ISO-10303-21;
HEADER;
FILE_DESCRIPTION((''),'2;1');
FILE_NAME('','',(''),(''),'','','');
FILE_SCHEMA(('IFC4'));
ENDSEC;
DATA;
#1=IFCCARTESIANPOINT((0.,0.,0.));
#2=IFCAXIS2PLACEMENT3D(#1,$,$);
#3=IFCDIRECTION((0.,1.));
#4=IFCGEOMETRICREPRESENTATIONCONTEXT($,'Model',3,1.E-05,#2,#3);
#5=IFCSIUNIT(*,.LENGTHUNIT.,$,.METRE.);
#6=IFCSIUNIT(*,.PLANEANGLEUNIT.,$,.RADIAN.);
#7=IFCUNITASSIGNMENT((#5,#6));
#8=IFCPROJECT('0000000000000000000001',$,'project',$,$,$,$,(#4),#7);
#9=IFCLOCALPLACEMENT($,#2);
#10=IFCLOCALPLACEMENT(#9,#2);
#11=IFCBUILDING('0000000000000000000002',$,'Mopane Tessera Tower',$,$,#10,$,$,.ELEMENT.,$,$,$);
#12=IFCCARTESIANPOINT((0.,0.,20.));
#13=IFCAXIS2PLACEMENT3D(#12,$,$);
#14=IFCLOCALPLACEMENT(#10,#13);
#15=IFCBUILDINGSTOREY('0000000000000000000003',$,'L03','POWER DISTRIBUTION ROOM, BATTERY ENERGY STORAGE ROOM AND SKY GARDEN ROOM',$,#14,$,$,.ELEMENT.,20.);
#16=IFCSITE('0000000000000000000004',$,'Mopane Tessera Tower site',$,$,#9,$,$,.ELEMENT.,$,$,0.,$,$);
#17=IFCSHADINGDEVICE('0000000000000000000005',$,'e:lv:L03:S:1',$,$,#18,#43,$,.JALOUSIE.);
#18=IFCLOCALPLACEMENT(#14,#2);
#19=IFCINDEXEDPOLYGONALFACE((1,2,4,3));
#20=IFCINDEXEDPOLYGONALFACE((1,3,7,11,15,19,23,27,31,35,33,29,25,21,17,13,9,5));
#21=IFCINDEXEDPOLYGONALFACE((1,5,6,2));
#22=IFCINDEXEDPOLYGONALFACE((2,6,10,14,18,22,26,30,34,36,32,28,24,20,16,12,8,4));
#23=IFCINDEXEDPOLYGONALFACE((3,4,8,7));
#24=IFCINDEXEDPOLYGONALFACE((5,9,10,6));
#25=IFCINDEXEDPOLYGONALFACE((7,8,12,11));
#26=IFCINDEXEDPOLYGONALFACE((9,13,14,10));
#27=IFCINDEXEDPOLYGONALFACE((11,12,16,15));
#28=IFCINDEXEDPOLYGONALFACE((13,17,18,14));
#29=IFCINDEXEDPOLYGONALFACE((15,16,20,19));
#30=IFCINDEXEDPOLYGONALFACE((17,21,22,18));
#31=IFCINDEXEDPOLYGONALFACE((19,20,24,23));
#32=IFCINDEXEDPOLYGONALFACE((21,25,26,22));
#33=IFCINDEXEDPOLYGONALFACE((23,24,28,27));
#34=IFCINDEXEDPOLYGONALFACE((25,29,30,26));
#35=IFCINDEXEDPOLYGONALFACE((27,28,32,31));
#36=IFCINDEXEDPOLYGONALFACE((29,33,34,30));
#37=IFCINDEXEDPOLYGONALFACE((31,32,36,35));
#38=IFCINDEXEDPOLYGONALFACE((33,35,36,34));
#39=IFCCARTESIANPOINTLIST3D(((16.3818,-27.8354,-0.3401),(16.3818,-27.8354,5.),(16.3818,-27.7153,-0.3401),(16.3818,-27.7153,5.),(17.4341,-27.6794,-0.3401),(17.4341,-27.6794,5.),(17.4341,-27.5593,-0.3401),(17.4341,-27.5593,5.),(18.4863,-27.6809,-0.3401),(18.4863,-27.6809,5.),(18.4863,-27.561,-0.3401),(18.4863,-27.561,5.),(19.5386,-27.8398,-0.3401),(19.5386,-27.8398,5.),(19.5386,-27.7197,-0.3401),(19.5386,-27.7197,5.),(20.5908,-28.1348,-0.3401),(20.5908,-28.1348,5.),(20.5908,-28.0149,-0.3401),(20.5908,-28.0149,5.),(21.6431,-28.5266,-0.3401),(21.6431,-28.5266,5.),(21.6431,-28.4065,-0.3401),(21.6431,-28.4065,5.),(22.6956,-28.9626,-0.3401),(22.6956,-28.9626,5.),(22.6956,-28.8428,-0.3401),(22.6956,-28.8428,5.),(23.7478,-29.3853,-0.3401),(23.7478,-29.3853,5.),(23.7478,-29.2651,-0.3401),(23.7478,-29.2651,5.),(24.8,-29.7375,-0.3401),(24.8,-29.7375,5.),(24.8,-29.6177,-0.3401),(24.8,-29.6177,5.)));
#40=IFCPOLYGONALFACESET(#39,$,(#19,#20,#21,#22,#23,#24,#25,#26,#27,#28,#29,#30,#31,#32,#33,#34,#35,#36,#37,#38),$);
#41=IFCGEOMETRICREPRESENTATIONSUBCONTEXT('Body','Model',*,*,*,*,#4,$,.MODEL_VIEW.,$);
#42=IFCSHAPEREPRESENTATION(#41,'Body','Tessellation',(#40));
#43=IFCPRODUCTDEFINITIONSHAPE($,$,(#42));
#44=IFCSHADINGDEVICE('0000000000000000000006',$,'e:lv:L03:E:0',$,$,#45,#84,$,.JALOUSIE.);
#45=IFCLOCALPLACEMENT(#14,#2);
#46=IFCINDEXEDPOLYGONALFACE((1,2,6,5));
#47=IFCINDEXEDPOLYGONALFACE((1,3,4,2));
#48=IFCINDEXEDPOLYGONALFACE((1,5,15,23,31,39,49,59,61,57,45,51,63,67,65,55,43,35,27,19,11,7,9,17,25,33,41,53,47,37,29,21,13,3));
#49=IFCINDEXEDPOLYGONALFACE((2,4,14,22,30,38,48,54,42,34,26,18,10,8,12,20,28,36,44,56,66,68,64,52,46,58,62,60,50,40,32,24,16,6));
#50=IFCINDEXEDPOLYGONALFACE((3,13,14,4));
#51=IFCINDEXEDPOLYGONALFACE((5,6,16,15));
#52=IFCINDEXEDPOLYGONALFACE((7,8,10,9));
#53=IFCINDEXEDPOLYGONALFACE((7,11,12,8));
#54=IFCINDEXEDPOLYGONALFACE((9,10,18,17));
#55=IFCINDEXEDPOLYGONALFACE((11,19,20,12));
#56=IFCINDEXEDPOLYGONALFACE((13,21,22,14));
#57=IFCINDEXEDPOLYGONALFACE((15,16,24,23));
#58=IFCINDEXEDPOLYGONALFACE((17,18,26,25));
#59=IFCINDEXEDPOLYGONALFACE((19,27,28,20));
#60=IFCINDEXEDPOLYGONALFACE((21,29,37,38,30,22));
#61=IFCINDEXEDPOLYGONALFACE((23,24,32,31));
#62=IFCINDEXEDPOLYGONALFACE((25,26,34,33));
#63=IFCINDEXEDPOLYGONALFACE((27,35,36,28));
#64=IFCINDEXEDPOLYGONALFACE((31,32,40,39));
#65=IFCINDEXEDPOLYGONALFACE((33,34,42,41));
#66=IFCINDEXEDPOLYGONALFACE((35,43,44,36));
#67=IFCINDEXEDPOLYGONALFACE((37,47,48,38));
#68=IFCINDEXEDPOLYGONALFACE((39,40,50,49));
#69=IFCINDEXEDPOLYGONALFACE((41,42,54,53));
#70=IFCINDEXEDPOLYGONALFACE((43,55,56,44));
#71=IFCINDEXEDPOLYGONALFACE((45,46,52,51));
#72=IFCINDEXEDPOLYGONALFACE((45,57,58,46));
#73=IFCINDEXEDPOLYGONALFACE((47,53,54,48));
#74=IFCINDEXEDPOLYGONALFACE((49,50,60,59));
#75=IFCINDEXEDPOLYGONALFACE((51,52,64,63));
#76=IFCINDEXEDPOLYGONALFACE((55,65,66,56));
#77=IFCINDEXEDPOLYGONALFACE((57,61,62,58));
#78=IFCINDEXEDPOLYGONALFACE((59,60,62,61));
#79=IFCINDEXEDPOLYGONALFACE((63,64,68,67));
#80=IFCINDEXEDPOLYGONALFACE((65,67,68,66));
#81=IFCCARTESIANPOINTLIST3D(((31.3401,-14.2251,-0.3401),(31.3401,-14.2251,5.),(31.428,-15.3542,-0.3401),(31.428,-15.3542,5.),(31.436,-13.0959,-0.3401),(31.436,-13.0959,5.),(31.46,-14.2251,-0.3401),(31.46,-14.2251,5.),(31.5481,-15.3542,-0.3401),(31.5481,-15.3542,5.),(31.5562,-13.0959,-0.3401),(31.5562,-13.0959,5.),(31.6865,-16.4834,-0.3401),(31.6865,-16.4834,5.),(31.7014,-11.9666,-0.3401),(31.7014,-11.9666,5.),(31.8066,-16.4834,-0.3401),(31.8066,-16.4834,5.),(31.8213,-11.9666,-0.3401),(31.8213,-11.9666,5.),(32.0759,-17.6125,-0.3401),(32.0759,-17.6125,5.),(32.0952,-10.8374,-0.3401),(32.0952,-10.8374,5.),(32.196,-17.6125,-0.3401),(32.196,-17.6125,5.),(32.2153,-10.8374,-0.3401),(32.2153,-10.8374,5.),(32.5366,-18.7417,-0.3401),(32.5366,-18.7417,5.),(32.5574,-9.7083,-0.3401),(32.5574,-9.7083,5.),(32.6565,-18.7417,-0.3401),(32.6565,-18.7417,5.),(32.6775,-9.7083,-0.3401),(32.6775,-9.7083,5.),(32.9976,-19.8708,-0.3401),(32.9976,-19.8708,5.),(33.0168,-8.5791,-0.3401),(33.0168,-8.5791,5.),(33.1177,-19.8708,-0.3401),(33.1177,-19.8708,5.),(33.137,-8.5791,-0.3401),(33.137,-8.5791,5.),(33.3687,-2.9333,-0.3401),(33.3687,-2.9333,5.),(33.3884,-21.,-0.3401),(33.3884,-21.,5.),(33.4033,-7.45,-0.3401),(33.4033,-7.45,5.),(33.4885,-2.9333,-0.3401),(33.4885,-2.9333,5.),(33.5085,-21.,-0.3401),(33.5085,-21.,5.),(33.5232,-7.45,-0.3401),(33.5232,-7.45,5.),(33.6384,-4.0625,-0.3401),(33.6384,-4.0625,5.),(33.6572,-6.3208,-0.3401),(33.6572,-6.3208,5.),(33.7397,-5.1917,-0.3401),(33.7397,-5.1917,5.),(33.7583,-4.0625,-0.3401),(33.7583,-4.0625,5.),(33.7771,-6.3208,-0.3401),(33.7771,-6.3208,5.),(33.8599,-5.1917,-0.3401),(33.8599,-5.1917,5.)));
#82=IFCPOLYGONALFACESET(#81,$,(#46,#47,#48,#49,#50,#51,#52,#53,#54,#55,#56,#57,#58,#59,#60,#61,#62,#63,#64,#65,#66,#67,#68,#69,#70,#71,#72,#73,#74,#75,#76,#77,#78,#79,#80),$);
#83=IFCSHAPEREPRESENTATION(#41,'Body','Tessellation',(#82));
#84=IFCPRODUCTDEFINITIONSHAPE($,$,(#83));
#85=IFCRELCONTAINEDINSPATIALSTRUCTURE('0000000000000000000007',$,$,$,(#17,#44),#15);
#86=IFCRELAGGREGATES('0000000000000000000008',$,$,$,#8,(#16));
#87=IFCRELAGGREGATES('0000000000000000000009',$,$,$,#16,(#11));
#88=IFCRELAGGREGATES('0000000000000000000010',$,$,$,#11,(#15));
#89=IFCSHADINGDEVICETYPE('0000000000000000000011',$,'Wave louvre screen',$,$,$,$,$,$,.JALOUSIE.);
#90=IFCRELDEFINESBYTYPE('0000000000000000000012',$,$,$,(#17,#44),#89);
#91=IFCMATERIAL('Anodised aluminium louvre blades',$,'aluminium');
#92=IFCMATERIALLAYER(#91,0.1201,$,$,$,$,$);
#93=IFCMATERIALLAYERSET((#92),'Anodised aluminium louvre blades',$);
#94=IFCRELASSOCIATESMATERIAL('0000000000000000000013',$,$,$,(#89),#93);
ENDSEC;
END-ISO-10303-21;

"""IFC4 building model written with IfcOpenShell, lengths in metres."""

from ifc_helpers import new_model, si_unit, direction, frame, origin, place, context, subcontext, project, spatial, polyline, outline, extrude, material, layer, layer_set, type_object, element, save


model = new_model("IFC4")

# Units and contexts
model_context = context("Model", 3, precision=1e-05, world=origin(), true_north=direction((0.0, 1.0)))
body_context = subcontext(model_context, "Body", "Model", "MODEL_VIEW")
ifc_project = project(units=[si_unit("LENGTHUNIT", "METRE"), si_unit("PLANEANGLEUNIT", "RADIAN")], contexts=[model_context])

# Site, building, storey
site_placement = place(None, origin())
site = spatial("IfcSite", under=ifc_project, at=site_placement, Name="Mopane Tessera Tower site", CompositionType="ELEMENT", RefElevation=0.0)
building_placement = place(site_placement, origin())
building = spatial("IfcBuilding", under=site, at=building_placement, Name="Mopane Tessera Tower", CompositionType="ELEMENT")
storey_placement = place(building_placement, frame((0.0, 0.0, 20.0)))
storey = spatial("IfcBuildingStorey", under=building, at=storey_placement, Name="L03", Description="POWER DISTRIBUTION ROOM, BATTERY ENERGY STORAGE ROOM AND SKY GARDEN ROOM", CompositionType="ELEMENT", Elevation=20.0)

# Shading devices
ifc_material_1 = material(Name="Anodised aluminium louvre blades", Category="aluminium")
ifc_layer_1 = layer(ifc_material_1, 0.1201)
ifc_layer_set_1 = layer_set([ifc_layer_1], Name="Anodised aluminium louvre blades")
shading_device_type = type_object("IfcShadingDeviceType", Name="Wave louvre screen", PredefinedType="JALOUSIE", material=ifc_layer_set_1)
shading_device_1_placement = place(storey_placement, frame((0.0, 0.0, -0.3401)))
element("IfcShadingDevice", 1, at=shading_device_1_placement, inside=storey, type_object=shading_device_type, Name="e:lv:L03:S:1", PredefinedType="JALOUSIE", context=body_context, shape_type="SweptSolid", body=[
    extrude(outline(polyline([(16.3818, -27.7153), (17.4341, -27.5593), (18.4863, -27.561), (19.5386, -27.7197), (20.5908, -28.0149), (21.6431, -28.4065), (22.6956, -28.8428), (23.7478, -29.2651), (24.8, -29.6177), (24.8, -29.7375), (23.7478, -29.3853), (22.6956, -28.9626), (21.6431, -28.5266), (20.5908, -28.1348), (19.5386, -27.8398), (18.4863, -27.6809), (17.4341, -27.6794), (16.3818, -27.8354), (16.3818, -27.7153)])), origin(), (0.0, 0.0, 1.0), 5.3401),
])
shading_device_2_placement = place(storey_placement, frame((0.0, 0.0, -0.3401)))
element("IfcShadingDevice", 2, at=shading_device_2_placement, inside=storey, type_object=shading_device_type, Name="e:lv:L03:E:0", PredefinedType="JALOUSIE", context=body_context, shape_type="SweptSolid", body=[
    extrude(outline(polyline([(33.3884, -21.0), (32.9976, -19.8708), (32.5366, -18.7417), (32.0759, -17.6125), (31.6865, -16.4834), (31.428, -15.3542), (31.3401, -14.2251), (31.436, -13.0959), (31.7014, -11.9666), (32.0952, -10.8374), (32.5574, -9.7083), (33.0168, -8.5791), (33.4033, -7.45), (33.6572, -6.3208), (33.7397, -5.1917), (33.6384, -4.0625), (33.3687, -2.9333), (33.4885, -2.9333), (33.7583, -4.0625), (33.8599, -5.1917), (33.7771, -6.3208), (33.5232, -7.45), (33.137, -8.5791), (32.6775, -9.7083), (32.2153, -10.8374), (31.8213, -11.9666), (31.5562, -13.0959), (31.46, -14.2251), (31.5481, -15.3542), (31.8066, -16.4834), (32.196, -17.6125), (32.6565, -18.7417), (33.1177, -19.8708), (33.5085, -21.0), (33.3884, -21.0)])), origin(), (0.0, 0.0, 1.0), 5.3401),
])

save(model, "model.ifc")
